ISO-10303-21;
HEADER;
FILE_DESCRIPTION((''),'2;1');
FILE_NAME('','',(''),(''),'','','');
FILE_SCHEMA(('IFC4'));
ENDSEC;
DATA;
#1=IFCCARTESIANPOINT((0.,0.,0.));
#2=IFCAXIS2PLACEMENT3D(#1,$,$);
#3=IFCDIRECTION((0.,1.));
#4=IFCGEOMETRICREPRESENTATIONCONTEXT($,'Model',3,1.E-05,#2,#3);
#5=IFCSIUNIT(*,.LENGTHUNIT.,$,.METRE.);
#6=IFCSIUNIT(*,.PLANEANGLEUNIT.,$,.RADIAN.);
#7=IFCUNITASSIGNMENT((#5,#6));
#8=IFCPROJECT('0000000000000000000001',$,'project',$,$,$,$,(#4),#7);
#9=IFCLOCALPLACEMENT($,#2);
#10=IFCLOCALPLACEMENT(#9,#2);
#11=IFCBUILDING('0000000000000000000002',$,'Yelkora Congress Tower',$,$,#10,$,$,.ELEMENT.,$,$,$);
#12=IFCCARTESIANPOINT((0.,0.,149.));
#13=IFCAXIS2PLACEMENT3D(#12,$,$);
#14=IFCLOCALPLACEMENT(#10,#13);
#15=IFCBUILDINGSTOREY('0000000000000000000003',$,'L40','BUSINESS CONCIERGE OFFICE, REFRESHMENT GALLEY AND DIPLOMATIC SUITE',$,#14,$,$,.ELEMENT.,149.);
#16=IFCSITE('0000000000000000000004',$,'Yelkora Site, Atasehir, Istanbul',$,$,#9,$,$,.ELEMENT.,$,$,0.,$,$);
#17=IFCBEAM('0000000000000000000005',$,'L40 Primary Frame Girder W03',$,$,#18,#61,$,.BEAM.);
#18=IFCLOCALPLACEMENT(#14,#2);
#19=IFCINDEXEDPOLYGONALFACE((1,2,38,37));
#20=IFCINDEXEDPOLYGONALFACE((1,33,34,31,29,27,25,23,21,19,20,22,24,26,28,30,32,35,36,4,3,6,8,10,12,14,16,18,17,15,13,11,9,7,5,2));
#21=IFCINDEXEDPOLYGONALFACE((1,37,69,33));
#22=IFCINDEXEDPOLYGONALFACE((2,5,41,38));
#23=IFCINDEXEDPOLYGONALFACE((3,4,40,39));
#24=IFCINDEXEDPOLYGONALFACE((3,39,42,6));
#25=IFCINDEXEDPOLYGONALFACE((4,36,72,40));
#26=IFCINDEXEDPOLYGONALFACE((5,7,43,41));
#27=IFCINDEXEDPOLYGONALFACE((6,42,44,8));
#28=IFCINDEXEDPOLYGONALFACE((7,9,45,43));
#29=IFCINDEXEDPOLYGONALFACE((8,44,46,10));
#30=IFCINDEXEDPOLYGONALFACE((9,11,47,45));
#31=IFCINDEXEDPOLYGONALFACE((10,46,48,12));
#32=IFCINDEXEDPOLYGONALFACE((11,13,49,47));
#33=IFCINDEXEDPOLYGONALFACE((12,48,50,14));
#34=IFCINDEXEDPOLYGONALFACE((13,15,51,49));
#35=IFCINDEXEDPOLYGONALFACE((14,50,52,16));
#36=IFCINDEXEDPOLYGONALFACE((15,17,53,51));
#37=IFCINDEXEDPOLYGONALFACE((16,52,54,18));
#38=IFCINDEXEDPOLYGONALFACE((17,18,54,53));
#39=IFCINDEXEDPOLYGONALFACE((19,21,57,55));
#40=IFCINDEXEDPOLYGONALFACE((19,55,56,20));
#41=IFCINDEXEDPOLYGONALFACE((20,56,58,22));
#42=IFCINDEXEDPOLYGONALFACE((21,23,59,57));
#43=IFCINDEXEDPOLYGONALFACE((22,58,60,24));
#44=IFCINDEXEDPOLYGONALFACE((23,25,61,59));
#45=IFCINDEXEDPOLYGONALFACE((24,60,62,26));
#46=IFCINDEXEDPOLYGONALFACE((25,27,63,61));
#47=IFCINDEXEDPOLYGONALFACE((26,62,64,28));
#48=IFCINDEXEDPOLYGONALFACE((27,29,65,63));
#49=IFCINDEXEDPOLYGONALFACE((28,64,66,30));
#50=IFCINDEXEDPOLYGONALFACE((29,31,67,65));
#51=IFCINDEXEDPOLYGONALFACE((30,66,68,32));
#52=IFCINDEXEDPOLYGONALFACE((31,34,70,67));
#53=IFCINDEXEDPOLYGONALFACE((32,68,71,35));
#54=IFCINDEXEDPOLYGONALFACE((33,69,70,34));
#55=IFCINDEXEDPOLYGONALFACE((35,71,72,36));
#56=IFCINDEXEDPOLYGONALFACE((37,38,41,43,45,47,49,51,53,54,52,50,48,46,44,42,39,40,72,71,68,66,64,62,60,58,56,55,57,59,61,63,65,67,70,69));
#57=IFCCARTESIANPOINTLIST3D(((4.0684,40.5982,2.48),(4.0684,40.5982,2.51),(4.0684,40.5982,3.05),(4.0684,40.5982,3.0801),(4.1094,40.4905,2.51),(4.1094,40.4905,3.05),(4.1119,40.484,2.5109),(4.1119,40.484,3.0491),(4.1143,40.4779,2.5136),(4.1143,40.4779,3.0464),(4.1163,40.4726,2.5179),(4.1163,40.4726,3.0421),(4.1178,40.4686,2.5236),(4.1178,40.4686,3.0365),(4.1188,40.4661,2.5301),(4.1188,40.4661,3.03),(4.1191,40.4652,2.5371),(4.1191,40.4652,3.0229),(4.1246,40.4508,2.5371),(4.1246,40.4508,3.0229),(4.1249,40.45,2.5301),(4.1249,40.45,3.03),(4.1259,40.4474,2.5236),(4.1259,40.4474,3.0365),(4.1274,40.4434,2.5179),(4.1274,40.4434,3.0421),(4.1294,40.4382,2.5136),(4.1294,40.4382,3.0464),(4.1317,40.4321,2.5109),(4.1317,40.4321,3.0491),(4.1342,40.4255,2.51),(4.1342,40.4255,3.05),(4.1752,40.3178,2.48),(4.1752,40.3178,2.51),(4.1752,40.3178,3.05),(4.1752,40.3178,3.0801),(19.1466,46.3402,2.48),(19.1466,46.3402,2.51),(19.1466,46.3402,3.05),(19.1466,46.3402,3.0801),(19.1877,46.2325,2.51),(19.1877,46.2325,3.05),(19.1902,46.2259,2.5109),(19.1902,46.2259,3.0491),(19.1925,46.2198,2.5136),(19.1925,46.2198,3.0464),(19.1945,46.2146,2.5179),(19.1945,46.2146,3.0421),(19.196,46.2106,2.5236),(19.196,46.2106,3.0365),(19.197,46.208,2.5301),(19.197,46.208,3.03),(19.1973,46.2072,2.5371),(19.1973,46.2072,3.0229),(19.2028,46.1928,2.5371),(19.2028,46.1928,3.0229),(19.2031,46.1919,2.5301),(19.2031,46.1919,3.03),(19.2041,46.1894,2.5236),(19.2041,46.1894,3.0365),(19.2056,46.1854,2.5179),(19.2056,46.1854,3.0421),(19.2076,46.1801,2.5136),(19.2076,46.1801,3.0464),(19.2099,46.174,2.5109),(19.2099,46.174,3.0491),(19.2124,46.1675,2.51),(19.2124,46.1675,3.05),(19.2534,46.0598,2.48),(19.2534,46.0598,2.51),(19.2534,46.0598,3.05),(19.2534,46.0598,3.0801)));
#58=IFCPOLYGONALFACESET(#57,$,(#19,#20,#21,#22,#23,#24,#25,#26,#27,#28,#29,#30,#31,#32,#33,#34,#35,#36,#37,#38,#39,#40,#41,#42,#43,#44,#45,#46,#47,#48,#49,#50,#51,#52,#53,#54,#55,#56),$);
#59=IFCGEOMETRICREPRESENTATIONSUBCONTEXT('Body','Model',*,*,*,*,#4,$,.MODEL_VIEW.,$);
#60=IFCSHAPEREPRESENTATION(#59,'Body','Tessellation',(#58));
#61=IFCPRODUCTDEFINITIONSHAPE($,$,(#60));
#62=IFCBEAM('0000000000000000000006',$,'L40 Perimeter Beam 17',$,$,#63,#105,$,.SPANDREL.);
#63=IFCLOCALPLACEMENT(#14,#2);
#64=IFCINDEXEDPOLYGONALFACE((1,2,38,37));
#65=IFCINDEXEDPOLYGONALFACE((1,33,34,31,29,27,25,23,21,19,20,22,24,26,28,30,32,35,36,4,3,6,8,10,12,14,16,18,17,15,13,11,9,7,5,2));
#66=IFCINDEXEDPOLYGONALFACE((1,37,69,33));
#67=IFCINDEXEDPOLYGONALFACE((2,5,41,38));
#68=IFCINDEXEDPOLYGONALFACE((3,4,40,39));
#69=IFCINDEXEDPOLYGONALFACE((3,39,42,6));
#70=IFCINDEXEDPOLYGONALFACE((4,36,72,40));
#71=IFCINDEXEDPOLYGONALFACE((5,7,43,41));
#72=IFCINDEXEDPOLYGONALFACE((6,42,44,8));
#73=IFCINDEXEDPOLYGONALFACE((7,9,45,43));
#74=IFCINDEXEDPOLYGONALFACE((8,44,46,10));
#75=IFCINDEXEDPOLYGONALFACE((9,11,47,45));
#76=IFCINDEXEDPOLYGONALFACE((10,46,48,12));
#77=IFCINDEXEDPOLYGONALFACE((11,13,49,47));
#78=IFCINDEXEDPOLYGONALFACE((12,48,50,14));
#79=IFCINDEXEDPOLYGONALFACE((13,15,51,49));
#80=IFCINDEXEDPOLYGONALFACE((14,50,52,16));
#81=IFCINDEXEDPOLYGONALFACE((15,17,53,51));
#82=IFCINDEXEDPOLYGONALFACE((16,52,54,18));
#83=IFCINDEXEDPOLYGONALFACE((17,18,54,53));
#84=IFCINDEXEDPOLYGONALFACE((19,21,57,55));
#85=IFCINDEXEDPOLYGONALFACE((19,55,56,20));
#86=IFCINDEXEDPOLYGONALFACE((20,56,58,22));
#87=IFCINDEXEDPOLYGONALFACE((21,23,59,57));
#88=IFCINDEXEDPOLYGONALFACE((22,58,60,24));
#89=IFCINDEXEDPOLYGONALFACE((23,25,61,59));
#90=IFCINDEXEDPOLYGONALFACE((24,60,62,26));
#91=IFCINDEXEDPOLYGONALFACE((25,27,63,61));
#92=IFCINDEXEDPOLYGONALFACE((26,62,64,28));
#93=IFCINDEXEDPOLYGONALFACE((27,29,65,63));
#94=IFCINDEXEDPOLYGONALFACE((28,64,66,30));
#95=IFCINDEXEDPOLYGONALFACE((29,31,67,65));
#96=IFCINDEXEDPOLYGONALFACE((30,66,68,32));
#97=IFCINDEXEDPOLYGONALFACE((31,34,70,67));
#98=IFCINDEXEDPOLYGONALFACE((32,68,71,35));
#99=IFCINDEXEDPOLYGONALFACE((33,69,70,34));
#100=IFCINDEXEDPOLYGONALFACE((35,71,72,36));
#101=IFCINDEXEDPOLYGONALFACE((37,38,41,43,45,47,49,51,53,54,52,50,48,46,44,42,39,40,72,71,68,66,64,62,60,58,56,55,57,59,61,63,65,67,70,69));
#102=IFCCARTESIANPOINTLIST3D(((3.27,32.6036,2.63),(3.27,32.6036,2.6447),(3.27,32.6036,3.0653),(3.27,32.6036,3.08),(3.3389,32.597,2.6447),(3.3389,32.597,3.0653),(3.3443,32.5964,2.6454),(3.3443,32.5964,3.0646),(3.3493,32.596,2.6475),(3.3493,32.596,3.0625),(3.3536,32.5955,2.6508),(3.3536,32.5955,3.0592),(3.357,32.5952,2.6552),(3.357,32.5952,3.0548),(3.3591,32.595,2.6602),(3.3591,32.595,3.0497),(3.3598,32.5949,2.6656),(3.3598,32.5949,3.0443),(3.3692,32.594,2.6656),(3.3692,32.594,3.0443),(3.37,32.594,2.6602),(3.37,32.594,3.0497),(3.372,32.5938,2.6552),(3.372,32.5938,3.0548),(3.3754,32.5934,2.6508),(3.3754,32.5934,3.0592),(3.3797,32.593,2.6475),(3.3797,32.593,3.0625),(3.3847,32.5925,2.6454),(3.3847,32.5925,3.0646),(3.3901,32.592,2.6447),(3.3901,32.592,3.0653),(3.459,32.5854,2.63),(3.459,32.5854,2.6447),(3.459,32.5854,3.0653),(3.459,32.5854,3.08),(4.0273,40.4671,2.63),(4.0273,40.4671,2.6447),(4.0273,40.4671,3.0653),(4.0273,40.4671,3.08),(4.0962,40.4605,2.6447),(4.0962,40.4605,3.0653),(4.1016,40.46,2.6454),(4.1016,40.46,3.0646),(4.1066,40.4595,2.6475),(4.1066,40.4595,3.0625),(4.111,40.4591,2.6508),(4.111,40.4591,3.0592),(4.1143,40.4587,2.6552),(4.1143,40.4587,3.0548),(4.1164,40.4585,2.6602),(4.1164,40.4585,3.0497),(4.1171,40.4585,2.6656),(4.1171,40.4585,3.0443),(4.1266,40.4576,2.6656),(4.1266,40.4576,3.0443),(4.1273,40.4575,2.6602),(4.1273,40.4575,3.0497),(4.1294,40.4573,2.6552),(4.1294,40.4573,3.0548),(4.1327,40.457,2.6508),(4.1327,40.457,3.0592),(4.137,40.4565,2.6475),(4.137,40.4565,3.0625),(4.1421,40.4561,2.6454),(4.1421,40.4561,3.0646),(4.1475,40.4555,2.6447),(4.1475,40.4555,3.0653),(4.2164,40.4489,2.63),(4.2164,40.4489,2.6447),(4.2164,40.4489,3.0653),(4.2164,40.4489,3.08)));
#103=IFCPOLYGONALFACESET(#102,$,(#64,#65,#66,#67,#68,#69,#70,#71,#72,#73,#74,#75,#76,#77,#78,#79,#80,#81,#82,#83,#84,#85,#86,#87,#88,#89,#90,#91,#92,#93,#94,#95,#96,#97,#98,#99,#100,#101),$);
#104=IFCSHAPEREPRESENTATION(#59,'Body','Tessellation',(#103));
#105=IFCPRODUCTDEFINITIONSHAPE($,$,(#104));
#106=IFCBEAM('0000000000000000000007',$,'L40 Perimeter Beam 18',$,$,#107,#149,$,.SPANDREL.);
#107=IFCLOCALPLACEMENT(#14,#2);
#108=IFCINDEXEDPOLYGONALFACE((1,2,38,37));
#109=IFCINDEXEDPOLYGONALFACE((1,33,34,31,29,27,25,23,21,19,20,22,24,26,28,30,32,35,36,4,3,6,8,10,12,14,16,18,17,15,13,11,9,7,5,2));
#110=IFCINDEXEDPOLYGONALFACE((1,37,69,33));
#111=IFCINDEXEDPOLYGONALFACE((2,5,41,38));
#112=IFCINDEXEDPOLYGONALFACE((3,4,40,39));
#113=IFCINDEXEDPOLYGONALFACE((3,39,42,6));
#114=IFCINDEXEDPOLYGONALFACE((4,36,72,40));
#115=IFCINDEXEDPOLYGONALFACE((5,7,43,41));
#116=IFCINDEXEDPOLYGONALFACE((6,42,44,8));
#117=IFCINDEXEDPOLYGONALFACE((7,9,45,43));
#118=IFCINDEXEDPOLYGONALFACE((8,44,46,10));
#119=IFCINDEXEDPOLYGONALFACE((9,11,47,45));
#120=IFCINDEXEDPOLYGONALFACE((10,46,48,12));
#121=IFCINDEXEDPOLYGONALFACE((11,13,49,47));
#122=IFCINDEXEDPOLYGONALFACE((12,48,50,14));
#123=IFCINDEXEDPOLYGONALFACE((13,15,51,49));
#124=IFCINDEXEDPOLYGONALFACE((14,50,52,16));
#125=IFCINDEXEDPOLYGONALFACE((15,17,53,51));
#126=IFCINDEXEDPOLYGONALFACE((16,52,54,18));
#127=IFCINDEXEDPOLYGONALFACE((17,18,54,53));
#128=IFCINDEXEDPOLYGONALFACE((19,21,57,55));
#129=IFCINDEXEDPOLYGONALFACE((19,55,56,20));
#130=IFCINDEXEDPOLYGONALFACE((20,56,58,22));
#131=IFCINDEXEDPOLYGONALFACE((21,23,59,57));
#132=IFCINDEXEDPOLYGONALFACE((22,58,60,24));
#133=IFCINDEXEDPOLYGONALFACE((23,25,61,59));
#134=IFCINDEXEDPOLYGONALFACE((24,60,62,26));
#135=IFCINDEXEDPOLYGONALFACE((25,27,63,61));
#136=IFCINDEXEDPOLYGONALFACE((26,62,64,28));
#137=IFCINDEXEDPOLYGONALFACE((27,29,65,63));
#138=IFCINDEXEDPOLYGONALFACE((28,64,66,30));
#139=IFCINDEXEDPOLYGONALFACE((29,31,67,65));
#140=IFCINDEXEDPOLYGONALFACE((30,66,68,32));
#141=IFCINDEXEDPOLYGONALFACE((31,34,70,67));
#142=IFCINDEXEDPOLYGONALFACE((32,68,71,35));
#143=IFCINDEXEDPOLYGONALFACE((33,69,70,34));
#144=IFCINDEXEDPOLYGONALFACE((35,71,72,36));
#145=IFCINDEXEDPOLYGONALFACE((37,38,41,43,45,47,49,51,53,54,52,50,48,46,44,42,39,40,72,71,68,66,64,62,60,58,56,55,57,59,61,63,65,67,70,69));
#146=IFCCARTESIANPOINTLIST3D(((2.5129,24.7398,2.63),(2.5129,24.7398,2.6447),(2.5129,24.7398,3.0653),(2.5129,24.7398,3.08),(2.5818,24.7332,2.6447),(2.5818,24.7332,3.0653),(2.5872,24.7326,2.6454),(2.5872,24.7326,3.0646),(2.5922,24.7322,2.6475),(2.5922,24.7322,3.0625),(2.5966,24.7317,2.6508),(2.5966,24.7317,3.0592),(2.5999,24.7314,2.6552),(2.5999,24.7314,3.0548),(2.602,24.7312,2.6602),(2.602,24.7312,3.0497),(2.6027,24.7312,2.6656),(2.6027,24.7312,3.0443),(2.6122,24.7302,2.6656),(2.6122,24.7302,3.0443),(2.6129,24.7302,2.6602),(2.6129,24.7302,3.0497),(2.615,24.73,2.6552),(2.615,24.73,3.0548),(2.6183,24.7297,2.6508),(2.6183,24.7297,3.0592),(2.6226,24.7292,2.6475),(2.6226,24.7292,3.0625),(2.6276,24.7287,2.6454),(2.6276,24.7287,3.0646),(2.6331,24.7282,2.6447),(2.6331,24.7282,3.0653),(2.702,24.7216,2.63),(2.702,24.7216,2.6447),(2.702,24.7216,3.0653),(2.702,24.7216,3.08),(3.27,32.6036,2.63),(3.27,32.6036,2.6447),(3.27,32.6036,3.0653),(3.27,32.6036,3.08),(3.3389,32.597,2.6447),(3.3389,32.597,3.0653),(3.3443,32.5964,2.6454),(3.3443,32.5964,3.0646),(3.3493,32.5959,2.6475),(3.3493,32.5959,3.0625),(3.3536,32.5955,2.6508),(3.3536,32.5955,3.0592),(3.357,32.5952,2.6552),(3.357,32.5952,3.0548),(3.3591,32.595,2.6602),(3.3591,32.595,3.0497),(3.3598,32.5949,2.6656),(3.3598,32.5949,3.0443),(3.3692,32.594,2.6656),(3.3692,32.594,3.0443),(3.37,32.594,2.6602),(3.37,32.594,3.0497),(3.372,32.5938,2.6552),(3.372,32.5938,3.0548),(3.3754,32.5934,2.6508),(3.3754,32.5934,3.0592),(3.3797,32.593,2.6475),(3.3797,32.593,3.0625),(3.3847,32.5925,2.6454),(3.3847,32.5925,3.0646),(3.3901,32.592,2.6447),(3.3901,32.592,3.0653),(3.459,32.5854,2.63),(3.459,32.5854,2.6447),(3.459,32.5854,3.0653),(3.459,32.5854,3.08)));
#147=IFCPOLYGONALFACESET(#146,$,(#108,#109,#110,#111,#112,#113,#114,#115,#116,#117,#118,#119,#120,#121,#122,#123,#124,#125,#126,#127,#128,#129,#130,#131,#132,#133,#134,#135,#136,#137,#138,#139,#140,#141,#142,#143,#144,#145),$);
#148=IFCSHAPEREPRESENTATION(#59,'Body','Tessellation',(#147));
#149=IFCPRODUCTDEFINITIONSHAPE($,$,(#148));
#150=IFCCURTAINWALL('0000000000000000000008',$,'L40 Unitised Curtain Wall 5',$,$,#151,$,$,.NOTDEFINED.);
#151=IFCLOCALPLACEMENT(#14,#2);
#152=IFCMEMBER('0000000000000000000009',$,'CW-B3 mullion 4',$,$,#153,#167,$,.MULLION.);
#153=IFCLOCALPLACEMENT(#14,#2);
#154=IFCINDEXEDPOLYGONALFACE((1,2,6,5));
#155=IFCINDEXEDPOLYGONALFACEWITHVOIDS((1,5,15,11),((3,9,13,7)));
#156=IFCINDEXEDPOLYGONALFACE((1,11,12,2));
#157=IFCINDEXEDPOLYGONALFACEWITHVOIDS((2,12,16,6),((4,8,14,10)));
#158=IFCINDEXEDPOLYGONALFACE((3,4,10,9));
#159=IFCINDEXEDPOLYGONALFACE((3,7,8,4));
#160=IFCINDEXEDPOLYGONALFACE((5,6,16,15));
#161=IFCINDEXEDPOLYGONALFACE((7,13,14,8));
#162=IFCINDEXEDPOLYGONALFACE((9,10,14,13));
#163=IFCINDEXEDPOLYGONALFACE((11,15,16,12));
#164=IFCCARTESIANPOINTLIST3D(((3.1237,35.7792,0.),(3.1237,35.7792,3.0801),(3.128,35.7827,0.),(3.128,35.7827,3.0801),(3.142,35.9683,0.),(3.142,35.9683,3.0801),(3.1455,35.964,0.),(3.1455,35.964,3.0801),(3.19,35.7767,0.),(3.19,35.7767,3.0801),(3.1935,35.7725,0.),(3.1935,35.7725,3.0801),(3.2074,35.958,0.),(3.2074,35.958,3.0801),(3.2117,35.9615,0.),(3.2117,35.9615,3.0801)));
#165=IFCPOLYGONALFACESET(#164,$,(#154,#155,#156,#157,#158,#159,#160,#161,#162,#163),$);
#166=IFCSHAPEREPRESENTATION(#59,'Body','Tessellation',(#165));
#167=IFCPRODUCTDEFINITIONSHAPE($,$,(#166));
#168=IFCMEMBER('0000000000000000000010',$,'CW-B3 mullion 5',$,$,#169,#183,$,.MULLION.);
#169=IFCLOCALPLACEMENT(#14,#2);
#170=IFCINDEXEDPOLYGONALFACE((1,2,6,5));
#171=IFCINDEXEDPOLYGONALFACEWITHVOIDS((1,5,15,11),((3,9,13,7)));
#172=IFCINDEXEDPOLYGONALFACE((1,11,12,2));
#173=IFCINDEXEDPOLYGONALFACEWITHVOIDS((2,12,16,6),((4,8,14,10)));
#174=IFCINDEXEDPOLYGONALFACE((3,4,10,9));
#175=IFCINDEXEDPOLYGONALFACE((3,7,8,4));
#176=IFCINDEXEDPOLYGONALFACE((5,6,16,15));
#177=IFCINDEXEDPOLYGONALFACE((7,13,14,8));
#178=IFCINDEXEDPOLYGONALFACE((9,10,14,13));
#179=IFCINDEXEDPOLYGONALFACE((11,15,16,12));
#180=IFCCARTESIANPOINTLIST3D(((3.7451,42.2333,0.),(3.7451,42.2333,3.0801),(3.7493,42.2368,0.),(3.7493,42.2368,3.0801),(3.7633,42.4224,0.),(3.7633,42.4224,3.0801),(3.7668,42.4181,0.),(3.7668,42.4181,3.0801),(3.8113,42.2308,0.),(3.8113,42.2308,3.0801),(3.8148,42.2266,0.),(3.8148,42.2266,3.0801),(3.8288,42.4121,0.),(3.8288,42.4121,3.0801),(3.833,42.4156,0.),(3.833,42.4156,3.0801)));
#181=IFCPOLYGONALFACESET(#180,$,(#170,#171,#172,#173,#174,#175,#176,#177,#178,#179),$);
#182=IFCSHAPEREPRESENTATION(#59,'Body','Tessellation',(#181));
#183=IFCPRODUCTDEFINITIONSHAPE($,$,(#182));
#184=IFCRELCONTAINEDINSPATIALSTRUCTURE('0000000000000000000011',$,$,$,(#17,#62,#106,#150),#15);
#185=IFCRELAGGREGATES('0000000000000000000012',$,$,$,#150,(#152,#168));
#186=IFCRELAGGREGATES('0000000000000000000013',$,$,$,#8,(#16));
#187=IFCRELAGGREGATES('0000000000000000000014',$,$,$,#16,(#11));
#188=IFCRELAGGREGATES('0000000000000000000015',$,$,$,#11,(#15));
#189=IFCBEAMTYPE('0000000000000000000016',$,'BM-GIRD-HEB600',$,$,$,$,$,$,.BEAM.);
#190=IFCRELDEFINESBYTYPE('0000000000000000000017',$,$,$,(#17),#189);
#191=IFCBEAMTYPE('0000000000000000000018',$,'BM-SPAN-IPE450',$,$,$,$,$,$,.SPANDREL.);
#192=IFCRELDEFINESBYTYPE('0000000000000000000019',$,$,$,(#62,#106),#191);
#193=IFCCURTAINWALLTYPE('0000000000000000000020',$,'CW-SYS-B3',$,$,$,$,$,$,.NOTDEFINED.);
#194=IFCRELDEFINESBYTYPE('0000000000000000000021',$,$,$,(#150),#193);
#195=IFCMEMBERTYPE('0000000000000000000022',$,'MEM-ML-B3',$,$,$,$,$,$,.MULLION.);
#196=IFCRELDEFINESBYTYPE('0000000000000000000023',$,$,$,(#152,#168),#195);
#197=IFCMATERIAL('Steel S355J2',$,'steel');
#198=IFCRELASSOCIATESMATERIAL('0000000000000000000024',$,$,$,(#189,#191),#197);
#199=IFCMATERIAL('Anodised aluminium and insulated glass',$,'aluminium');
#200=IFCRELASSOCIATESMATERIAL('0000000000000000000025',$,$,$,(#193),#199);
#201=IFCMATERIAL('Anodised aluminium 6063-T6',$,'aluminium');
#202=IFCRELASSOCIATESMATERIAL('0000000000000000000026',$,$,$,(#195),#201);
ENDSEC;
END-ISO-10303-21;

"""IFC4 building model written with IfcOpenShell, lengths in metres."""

from ifc_helpers import new_model, si_unit, direction, frame, origin, origin_2d, place, context, subcontext, project, spatial, hollow_rectangle, i_section, extrude, material, material_profile, profile_set, type_object, element, aggregate, save


model = new_model("IFC4")

# Units and contexts
model_context = context("Model", 3, precision=1e-05, world=origin(), true_north=direction((0.0, 1.0)))
body_context = subcontext(model_context, "Body", "Model", "MODEL_VIEW")
ifc_project = project(units=[si_unit("LENGTHUNIT", "METRE"), si_unit("PLANEANGLEUNIT", "RADIAN")], contexts=[model_context])

# Site, building, storey
site_placement = place(None, origin())
site = spatial("IfcSite", under=ifc_project, at=site_placement, Name="Yelkora Site, Atasehir, Istanbul", CompositionType="ELEMENT", RefElevation=0.0)
building_placement = place(site_placement, origin())
building = spatial("IfcBuilding", under=site, at=building_placement, Name="Yelkora Congress Tower", CompositionType="ELEMENT")
storey_placement = place(building_placement, frame((0.0, 0.0, 149.0)))
storey = spatial("IfcBuildingStorey", under=building, at=storey_placement, Name="L40", Description="BUSINESS CONCIERGE OFFICE, REFRESHMENT GALLEY AND DIPLOMATIC SUITE", CompositionType="ELEMENT", Elevation=149.0)

# Beams
ifc_material_1 = material(Name="Steel S355J2", Category="steel")
ifc_material_profile_1 = material_profile(ifc_material_1, i_section(OverallWidth=0.3, OverallDepth=0.6001, WebThickness=0.0154, FlangeThickness=0.03, FilletRadius=0.0271, at=origin_2d()), Name="HEB 600")
ifc_profile_set_1 = profile_set([ifc_material_profile_1], Name="Steel S355J2")
beam_type_1 = type_object("IfcBeamType", Name="BM-GIRD-HEB600", PredefinedType="BEAM", material=ifc_profile_set_1)
beam_1_placement = place(storey_placement, frame((4.1218, 40.458, 2.78), z_axis=(0.934531, 0.355881, 0.0), x_axis=(-0.355881, 0.934531, 0.0)))
element("IfcBeam", 1, at=beam_1_placement, inside=storey, type_object=beam_type_1, Name="L40 Primary Frame Girder W03", PredefinedType="BEAM", context=body_context, shape_type="SweptSolid", body=[
    extrude(i_section(OverallWidth=0.3, OverallDepth=0.6001, WebThickness=0.0154, FlangeThickness=0.03, FilletRadius=0.0271, at=origin_2d()), origin(), (0.0, 0.0, 1.0), 16.1345),
])
ifc_material_profile_2 = material_profile(ifc_material_1, i_section(OverallWidth=0.1899, OverallDepth=0.45, WebThickness=0.0095, FlangeThickness=0.0146, FilletRadius=0.021, at=origin_2d()), Name="IPE 450")
ifc_profile_set_2 = profile_set([ifc_material_profile_2], Name="Steel S355J2")
beam_type_2 = type_object("IfcBeamType", Name="BM-SPAN-IPE450", PredefinedType="SPANDREL", material=ifc_profile_set_2)
beam_2_placement = place(storey_placement, frame((4.1218, 40.458, 2.855), z_axis=(-0.095865, -0.995394, 0.0), x_axis=(0.995394, -0.095865, 0.0)))
element("IfcBeam", 2, at=beam_2_placement, inside=storey, type_object=beam_type_2, Name="L40 Perimeter Beam 17", PredefinedType="SPANDREL", context=body_context, shape_type="SweptSolid", body=[
    extrude(i_section(OverallWidth=0.1899, OverallDepth=0.45, WebThickness=0.0095, FlangeThickness=0.0146, FilletRadius=0.021, at=origin_2d()), origin(), (0.0, 0.0, 1.0), 7.8999),
])
beam_3_placement = place(storey_placement, frame((3.3645, 32.5945, 2.855), z_axis=(-0.095831, -0.995398, 0.0), x_axis=(0.995398, -0.095831, 0.0)))
element("IfcBeam", 3, at=beam_3_placement, inside=storey, type_object=beam_type_2, Name="L40 Perimeter Beam 18", PredefinedType="SPANDREL", context=body_context, shape_type="SweptSolid", body=[
    extrude(i_section(OverallWidth=0.1899, OverallDepth=0.45, WebThickness=0.0095, FlangeThickness=0.0146, FilletRadius=0.021, at=origin_2d()), origin(), (0.0, 0.0, 1.0), 7.9001),
])

# Curtain wall, members
ifc_material_2 = material(Name="Anodised aluminium and insulated glass", Category="aluminium")
curtain_wall_type = type_object("IfcCurtainWallType", Name="CW-SYS-B3", PredefinedType="NOTDEFINED", material=ifc_material_2)
curtain_wall_placement = place(storey_placement, origin())
curtain_wall = element("IfcCurtainWall", 4, at=curtain_wall_placement, inside=storey, type_object=curtain_wall_type, Name="L40 Unitised Curtain Wall 5", PredefinedType="NOTDEFINED")
ifc_material_3 = material(Name="Anodised aluminium 6063-T6", Category="aluminium")
ifc_material_profile_3 = material_profile(ifc_material_3, hollow_rectangle(XDim=0.0701, YDim=0.1899, WallThickness=0.0039, at=origin_2d()), Name="ALU 70x190x4")
ifc_profile_set_3 = profile_set([ifc_material_profile_3], Name="Anodised aluminium 6063-T6")
member_type_1 = type_object("IfcMemberType", Name="MEM-ML-B3", PredefinedType="MULLION", material=ifc_profile_set_3)
member_1_placement = place(storey_placement, frame((3.1677, 35.8704, 0.0), z_axis=(0.0, 0.0, 1.0), x_axis=(-0.995396, 0.095845, 0.0)))
member_1 = element("IfcMember", 5, at=member_1_placement, type_object=member_type_1, Name="CW-B3 mullion 4", PredefinedType="MULLION", context=body_context, shape_type="SweptSolid", body=[
    extrude(hollow_rectangle(XDim=0.0701, YDim=0.1899, WallThickness=0.0039, at=origin_2d()), origin(), (0.0, 0.0, 1.0), 3.0801),
])
member_2_placement = place(storey_placement, frame((3.7891, 42.3245, 0.0), z_axis=(0.0, 0.0, 1.0), x_axis=(-0.995396, 0.095845, 0.0)))
member_2 = element("IfcMember", 6, at=member_2_placement, type_object=member_type_1, Name="CW-B3 mullion 5", PredefinedType="MULLION", context=body_context, shape_type="SweptSolid", body=[
    extrude(hollow_rectangle(XDim=0.0701, YDim=0.1899, WallThickness=0.0039, at=origin_2d()), origin(), (0.0, 0.0, 1.0), 3.0801),
])
aggregate(curtain_wall, [member_1, member_2])

save(model, "model.ifc")
